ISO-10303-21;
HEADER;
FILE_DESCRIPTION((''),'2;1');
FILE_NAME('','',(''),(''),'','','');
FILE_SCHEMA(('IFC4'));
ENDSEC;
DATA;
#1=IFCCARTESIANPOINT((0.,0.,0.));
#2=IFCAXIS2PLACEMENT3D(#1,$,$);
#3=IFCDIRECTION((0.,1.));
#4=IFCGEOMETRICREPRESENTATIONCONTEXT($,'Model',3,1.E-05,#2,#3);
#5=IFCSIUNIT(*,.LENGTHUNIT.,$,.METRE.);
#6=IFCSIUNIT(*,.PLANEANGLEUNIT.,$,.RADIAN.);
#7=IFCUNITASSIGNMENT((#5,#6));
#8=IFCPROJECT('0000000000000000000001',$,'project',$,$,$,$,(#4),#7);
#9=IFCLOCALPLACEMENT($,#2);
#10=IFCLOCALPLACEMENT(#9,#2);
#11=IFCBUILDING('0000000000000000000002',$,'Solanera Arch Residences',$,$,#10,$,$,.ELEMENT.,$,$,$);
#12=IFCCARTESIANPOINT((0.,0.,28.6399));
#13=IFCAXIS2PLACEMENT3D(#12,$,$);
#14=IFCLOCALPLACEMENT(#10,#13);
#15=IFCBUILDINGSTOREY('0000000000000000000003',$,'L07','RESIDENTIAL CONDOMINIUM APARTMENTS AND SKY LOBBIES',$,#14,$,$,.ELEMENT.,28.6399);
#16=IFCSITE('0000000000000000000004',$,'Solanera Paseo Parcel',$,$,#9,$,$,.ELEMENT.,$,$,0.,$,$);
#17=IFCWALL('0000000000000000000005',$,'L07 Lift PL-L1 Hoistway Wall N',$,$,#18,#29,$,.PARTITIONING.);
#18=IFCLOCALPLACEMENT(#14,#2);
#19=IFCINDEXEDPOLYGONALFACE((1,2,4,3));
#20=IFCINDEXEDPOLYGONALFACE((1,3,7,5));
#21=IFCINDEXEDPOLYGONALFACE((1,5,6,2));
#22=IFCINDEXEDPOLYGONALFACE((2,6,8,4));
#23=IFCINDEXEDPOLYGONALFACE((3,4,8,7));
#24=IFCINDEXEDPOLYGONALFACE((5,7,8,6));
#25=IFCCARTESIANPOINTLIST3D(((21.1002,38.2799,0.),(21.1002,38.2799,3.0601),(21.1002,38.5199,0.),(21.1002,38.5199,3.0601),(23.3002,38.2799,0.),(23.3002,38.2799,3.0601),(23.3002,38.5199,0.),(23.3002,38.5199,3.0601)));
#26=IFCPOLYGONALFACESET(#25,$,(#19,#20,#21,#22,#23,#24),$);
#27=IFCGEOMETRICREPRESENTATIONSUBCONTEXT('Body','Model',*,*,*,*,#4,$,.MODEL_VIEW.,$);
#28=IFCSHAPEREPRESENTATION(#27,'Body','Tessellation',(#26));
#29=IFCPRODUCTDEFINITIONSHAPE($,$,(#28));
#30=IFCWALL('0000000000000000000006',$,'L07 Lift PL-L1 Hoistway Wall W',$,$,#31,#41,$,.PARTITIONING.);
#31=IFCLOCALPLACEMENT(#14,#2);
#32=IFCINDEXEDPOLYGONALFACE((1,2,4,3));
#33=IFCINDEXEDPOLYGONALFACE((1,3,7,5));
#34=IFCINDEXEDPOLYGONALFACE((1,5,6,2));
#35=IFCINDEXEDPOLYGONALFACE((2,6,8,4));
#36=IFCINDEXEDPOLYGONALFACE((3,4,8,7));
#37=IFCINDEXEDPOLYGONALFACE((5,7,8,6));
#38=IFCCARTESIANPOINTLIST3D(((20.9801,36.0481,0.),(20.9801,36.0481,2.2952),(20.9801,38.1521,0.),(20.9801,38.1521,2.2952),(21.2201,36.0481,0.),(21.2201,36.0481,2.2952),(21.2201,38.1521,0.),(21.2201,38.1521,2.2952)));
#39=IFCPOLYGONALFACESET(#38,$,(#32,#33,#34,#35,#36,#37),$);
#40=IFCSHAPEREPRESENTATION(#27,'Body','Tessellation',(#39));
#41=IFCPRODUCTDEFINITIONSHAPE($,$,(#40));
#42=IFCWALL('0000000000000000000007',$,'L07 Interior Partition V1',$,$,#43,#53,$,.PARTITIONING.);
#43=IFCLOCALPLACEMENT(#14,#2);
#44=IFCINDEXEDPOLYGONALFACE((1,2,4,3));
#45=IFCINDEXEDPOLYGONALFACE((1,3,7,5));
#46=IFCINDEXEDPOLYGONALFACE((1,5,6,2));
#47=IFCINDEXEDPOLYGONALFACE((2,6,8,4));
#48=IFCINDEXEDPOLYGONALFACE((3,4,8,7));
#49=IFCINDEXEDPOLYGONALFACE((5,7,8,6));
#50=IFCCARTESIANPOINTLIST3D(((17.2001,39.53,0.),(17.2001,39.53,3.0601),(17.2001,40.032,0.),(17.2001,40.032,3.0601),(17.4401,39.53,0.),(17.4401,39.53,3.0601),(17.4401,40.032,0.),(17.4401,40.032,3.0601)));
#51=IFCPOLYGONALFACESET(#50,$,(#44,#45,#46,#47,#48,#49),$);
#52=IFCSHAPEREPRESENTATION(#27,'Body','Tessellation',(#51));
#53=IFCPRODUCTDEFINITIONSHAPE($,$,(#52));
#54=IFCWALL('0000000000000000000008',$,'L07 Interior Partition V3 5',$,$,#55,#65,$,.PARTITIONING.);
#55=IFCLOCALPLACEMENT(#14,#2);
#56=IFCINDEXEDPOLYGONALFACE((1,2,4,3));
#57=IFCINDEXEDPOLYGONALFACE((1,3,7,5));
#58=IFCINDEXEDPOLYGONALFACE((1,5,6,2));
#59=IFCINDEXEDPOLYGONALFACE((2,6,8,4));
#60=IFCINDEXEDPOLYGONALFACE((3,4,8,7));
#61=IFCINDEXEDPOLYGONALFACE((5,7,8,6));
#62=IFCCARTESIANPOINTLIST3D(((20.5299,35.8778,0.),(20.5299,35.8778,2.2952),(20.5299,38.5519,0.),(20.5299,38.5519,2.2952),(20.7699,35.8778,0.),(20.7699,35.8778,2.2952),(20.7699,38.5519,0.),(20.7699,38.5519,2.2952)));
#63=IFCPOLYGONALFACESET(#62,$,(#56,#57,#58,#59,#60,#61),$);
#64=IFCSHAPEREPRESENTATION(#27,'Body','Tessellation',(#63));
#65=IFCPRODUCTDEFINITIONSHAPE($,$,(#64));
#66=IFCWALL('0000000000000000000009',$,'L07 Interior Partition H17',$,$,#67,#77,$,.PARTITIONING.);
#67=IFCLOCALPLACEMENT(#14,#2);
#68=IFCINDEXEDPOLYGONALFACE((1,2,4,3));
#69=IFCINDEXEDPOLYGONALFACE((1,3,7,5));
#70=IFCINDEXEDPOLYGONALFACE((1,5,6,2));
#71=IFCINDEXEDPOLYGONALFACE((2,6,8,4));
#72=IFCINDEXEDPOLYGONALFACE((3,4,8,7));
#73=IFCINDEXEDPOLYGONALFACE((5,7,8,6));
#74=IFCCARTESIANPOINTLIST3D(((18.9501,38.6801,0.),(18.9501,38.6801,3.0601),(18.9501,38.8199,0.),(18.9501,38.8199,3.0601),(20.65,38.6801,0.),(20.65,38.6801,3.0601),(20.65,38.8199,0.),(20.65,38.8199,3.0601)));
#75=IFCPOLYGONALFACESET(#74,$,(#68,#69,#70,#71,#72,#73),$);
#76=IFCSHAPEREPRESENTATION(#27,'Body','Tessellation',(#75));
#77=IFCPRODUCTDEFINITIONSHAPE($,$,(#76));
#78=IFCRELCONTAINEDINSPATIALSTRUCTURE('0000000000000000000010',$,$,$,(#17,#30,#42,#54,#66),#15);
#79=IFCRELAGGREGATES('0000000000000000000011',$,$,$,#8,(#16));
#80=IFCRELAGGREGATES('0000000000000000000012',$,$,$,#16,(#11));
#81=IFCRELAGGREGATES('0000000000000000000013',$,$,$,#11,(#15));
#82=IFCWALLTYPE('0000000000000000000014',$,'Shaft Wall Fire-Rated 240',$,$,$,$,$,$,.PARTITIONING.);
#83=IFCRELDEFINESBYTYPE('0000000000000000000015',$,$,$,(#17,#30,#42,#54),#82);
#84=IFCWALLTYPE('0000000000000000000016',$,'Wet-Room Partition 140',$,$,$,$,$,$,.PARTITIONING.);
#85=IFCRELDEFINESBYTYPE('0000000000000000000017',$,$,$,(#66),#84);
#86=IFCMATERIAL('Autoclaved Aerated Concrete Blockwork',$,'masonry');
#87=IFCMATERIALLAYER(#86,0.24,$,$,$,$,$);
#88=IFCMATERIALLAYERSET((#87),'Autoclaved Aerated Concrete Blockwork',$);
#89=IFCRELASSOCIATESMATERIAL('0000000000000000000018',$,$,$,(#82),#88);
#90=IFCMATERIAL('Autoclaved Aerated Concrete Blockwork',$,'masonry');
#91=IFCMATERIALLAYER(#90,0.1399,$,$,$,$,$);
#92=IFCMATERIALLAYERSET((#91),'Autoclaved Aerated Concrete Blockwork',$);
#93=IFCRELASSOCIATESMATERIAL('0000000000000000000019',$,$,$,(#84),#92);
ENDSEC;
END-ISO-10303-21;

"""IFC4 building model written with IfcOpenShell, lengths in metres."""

from ifc_helpers import new_model, si_unit, direction, frame, frame_2d, origin, place, context, subcontext, project, spatial, rectangle, extrude, material, layer, layer_set, type_object, element, save


model = new_model("IFC4")

# Units and contexts
model_context = context("Model", 3, precision=1e-05, world=origin(), true_north=direction((0.0, 1.0)))
body_context = subcontext(model_context, "Body", "Model", "MODEL_VIEW")
ifc_project = project(units=[si_unit("LENGTHUNIT", "METRE"), si_unit("PLANEANGLEUNIT", "RADIAN")], contexts=[model_context])

# Site, building, storey
site_placement = place(None, origin())
site = spatial("IfcSite", under=ifc_project, at=site_placement, Name="Solanera Paseo Parcel", CompositionType="ELEMENT", RefElevation=0.0)
building_placement = place(site_placement, origin())
building = spatial("IfcBuilding", under=site, at=building_placement, Name="Solanera Arch Residences", CompositionType="ELEMENT")
storey_placement = place(building_placement, frame((0.0, 0.0, 28.6399)))
storey = spatial("IfcBuildingStorey", under=building, at=storey_placement, Name="L07", Description="RESIDENTIAL CONDOMINIUM APARTMENTS AND SKY LOBBIES", CompositionType="ELEMENT", Elevation=28.6399)

# Walls
ifc_material_1 = material(Name="Autoclaved Aerated Concrete Blockwork", Category="masonry")
ifc_layer_1 = layer(ifc_material_1, 0.24)
ifc_layer_set_1 = layer_set([ifc_layer_1], Name="Autoclaved Aerated Concrete Blockwork")
wall_type_1 = type_object("IfcWallType", Name="Shaft Wall Fire-Rated 240", PredefinedType="PARTITIONING", material=ifc_layer_set_1)
wall_1_placement = place(storey_placement, frame((21.1001, 38.3999, 0.0), z_axis=(0.0, 0.0, 1.0), x_axis=(1.0, 0.0, 0.0)))
element("IfcWall", 1, at=wall_1_placement, inside=storey, type_object=wall_type_1, Name="L07 Lift PL-L1 Hoistway Wall N", PredefinedType="PARTITIONING", context=body_context, shape_type="SweptSolid", body=[
    extrude(rectangle(XDim=2.2, YDim=0.24, at=frame_2d((1.1001, 0.0))), origin(), (0.0, 0.0, 1.0), 3.0601),
])
wall_2_placement = place(storey_placement, frame((21.1001, 36.0481, 0.0), z_axis=(0.0, 0.0, 1.0), x_axis=(0.0, 1.0, 0.0)))
element("IfcWall", 2, at=wall_2_placement, inside=storey, type_object=wall_type_1, Name="L07 Lift PL-L1 Hoistway Wall W", PredefinedType="PARTITIONING", context=body_context, shape_type="SweptSolid", body=[
    extrude(rectangle(XDim=2.104, YDim=0.24, at=frame_2d((1.052, 0.0))), origin(), (0.0, 0.0, 1.0), 2.2952),
])
wall_3_placement = place(storey_placement, frame((17.3201, 39.53, 0.0), z_axis=(0.0, 0.0, 1.0), x_axis=(0.0, 1.0, 0.0)))
element("IfcWall", 3, at=wall_3_placement, inside=storey, type_object=wall_type_1, Name="L07 Interior Partition V1", PredefinedType="PARTITIONING", context=body_context, shape_type="SweptSolid", body=[
    extrude(rectangle(XDim=0.502, YDim=0.24, at=frame_2d((0.251, 0.0))), origin(), (0.0, 0.0, 1.0), 3.0601),
])
wall_4_placement = place(storey_placement, frame((20.6499, 35.8779, 0.0), z_axis=(0.0, 0.0, 1.0), x_axis=(0.0, 1.0, 0.0)))
element("IfcWall", 4, at=wall_4_placement, inside=storey, type_object=wall_type_1, Name="L07 Interior Partition V3 5", PredefinedType="PARTITIONING", context=body_context, shape_type="SweptSolid", body=[
    extrude(rectangle(XDim=2.6741, YDim=0.24, at=frame_2d((1.3369, 0.0))), origin(), (0.0, 0.0, 1.0), 2.2952),
])
ifc_material_2 = material(Name="Autoclaved Aerated Concrete Blockwork", Category="masonry")
ifc_layer_2 = layer(ifc_material_2, 0.1399)
ifc_layer_set_2 = layer_set([ifc_layer_2], Name="Autoclaved Aerated Concrete Blockwork")
wall_type_2 = type_object("IfcWallType", Name="Wet-Room Partition 140", PredefinedType="PARTITIONING", material=ifc_layer_set_2)
wall_5_placement = place(storey_placement, frame((18.95, 38.75, 0.0), z_axis=(0.0, 0.0, 1.0), x_axis=(1.0, 0.0, 0.0)))
element("IfcWall", 5, at=wall_5_placement, inside=storey, type_object=wall_type_2, Name="L07 Interior Partition H17", PredefinedType="PARTITIONING", context=body_context, shape_type="SweptSolid", body=[
    extrude(rectangle(XDim=1.7, YDim=0.1399, at=frame_2d((0.8501, 0.0))), origin(), (0.0, 0.0, 1.0), 3.0601),
])

save(model, "model.ifc")
